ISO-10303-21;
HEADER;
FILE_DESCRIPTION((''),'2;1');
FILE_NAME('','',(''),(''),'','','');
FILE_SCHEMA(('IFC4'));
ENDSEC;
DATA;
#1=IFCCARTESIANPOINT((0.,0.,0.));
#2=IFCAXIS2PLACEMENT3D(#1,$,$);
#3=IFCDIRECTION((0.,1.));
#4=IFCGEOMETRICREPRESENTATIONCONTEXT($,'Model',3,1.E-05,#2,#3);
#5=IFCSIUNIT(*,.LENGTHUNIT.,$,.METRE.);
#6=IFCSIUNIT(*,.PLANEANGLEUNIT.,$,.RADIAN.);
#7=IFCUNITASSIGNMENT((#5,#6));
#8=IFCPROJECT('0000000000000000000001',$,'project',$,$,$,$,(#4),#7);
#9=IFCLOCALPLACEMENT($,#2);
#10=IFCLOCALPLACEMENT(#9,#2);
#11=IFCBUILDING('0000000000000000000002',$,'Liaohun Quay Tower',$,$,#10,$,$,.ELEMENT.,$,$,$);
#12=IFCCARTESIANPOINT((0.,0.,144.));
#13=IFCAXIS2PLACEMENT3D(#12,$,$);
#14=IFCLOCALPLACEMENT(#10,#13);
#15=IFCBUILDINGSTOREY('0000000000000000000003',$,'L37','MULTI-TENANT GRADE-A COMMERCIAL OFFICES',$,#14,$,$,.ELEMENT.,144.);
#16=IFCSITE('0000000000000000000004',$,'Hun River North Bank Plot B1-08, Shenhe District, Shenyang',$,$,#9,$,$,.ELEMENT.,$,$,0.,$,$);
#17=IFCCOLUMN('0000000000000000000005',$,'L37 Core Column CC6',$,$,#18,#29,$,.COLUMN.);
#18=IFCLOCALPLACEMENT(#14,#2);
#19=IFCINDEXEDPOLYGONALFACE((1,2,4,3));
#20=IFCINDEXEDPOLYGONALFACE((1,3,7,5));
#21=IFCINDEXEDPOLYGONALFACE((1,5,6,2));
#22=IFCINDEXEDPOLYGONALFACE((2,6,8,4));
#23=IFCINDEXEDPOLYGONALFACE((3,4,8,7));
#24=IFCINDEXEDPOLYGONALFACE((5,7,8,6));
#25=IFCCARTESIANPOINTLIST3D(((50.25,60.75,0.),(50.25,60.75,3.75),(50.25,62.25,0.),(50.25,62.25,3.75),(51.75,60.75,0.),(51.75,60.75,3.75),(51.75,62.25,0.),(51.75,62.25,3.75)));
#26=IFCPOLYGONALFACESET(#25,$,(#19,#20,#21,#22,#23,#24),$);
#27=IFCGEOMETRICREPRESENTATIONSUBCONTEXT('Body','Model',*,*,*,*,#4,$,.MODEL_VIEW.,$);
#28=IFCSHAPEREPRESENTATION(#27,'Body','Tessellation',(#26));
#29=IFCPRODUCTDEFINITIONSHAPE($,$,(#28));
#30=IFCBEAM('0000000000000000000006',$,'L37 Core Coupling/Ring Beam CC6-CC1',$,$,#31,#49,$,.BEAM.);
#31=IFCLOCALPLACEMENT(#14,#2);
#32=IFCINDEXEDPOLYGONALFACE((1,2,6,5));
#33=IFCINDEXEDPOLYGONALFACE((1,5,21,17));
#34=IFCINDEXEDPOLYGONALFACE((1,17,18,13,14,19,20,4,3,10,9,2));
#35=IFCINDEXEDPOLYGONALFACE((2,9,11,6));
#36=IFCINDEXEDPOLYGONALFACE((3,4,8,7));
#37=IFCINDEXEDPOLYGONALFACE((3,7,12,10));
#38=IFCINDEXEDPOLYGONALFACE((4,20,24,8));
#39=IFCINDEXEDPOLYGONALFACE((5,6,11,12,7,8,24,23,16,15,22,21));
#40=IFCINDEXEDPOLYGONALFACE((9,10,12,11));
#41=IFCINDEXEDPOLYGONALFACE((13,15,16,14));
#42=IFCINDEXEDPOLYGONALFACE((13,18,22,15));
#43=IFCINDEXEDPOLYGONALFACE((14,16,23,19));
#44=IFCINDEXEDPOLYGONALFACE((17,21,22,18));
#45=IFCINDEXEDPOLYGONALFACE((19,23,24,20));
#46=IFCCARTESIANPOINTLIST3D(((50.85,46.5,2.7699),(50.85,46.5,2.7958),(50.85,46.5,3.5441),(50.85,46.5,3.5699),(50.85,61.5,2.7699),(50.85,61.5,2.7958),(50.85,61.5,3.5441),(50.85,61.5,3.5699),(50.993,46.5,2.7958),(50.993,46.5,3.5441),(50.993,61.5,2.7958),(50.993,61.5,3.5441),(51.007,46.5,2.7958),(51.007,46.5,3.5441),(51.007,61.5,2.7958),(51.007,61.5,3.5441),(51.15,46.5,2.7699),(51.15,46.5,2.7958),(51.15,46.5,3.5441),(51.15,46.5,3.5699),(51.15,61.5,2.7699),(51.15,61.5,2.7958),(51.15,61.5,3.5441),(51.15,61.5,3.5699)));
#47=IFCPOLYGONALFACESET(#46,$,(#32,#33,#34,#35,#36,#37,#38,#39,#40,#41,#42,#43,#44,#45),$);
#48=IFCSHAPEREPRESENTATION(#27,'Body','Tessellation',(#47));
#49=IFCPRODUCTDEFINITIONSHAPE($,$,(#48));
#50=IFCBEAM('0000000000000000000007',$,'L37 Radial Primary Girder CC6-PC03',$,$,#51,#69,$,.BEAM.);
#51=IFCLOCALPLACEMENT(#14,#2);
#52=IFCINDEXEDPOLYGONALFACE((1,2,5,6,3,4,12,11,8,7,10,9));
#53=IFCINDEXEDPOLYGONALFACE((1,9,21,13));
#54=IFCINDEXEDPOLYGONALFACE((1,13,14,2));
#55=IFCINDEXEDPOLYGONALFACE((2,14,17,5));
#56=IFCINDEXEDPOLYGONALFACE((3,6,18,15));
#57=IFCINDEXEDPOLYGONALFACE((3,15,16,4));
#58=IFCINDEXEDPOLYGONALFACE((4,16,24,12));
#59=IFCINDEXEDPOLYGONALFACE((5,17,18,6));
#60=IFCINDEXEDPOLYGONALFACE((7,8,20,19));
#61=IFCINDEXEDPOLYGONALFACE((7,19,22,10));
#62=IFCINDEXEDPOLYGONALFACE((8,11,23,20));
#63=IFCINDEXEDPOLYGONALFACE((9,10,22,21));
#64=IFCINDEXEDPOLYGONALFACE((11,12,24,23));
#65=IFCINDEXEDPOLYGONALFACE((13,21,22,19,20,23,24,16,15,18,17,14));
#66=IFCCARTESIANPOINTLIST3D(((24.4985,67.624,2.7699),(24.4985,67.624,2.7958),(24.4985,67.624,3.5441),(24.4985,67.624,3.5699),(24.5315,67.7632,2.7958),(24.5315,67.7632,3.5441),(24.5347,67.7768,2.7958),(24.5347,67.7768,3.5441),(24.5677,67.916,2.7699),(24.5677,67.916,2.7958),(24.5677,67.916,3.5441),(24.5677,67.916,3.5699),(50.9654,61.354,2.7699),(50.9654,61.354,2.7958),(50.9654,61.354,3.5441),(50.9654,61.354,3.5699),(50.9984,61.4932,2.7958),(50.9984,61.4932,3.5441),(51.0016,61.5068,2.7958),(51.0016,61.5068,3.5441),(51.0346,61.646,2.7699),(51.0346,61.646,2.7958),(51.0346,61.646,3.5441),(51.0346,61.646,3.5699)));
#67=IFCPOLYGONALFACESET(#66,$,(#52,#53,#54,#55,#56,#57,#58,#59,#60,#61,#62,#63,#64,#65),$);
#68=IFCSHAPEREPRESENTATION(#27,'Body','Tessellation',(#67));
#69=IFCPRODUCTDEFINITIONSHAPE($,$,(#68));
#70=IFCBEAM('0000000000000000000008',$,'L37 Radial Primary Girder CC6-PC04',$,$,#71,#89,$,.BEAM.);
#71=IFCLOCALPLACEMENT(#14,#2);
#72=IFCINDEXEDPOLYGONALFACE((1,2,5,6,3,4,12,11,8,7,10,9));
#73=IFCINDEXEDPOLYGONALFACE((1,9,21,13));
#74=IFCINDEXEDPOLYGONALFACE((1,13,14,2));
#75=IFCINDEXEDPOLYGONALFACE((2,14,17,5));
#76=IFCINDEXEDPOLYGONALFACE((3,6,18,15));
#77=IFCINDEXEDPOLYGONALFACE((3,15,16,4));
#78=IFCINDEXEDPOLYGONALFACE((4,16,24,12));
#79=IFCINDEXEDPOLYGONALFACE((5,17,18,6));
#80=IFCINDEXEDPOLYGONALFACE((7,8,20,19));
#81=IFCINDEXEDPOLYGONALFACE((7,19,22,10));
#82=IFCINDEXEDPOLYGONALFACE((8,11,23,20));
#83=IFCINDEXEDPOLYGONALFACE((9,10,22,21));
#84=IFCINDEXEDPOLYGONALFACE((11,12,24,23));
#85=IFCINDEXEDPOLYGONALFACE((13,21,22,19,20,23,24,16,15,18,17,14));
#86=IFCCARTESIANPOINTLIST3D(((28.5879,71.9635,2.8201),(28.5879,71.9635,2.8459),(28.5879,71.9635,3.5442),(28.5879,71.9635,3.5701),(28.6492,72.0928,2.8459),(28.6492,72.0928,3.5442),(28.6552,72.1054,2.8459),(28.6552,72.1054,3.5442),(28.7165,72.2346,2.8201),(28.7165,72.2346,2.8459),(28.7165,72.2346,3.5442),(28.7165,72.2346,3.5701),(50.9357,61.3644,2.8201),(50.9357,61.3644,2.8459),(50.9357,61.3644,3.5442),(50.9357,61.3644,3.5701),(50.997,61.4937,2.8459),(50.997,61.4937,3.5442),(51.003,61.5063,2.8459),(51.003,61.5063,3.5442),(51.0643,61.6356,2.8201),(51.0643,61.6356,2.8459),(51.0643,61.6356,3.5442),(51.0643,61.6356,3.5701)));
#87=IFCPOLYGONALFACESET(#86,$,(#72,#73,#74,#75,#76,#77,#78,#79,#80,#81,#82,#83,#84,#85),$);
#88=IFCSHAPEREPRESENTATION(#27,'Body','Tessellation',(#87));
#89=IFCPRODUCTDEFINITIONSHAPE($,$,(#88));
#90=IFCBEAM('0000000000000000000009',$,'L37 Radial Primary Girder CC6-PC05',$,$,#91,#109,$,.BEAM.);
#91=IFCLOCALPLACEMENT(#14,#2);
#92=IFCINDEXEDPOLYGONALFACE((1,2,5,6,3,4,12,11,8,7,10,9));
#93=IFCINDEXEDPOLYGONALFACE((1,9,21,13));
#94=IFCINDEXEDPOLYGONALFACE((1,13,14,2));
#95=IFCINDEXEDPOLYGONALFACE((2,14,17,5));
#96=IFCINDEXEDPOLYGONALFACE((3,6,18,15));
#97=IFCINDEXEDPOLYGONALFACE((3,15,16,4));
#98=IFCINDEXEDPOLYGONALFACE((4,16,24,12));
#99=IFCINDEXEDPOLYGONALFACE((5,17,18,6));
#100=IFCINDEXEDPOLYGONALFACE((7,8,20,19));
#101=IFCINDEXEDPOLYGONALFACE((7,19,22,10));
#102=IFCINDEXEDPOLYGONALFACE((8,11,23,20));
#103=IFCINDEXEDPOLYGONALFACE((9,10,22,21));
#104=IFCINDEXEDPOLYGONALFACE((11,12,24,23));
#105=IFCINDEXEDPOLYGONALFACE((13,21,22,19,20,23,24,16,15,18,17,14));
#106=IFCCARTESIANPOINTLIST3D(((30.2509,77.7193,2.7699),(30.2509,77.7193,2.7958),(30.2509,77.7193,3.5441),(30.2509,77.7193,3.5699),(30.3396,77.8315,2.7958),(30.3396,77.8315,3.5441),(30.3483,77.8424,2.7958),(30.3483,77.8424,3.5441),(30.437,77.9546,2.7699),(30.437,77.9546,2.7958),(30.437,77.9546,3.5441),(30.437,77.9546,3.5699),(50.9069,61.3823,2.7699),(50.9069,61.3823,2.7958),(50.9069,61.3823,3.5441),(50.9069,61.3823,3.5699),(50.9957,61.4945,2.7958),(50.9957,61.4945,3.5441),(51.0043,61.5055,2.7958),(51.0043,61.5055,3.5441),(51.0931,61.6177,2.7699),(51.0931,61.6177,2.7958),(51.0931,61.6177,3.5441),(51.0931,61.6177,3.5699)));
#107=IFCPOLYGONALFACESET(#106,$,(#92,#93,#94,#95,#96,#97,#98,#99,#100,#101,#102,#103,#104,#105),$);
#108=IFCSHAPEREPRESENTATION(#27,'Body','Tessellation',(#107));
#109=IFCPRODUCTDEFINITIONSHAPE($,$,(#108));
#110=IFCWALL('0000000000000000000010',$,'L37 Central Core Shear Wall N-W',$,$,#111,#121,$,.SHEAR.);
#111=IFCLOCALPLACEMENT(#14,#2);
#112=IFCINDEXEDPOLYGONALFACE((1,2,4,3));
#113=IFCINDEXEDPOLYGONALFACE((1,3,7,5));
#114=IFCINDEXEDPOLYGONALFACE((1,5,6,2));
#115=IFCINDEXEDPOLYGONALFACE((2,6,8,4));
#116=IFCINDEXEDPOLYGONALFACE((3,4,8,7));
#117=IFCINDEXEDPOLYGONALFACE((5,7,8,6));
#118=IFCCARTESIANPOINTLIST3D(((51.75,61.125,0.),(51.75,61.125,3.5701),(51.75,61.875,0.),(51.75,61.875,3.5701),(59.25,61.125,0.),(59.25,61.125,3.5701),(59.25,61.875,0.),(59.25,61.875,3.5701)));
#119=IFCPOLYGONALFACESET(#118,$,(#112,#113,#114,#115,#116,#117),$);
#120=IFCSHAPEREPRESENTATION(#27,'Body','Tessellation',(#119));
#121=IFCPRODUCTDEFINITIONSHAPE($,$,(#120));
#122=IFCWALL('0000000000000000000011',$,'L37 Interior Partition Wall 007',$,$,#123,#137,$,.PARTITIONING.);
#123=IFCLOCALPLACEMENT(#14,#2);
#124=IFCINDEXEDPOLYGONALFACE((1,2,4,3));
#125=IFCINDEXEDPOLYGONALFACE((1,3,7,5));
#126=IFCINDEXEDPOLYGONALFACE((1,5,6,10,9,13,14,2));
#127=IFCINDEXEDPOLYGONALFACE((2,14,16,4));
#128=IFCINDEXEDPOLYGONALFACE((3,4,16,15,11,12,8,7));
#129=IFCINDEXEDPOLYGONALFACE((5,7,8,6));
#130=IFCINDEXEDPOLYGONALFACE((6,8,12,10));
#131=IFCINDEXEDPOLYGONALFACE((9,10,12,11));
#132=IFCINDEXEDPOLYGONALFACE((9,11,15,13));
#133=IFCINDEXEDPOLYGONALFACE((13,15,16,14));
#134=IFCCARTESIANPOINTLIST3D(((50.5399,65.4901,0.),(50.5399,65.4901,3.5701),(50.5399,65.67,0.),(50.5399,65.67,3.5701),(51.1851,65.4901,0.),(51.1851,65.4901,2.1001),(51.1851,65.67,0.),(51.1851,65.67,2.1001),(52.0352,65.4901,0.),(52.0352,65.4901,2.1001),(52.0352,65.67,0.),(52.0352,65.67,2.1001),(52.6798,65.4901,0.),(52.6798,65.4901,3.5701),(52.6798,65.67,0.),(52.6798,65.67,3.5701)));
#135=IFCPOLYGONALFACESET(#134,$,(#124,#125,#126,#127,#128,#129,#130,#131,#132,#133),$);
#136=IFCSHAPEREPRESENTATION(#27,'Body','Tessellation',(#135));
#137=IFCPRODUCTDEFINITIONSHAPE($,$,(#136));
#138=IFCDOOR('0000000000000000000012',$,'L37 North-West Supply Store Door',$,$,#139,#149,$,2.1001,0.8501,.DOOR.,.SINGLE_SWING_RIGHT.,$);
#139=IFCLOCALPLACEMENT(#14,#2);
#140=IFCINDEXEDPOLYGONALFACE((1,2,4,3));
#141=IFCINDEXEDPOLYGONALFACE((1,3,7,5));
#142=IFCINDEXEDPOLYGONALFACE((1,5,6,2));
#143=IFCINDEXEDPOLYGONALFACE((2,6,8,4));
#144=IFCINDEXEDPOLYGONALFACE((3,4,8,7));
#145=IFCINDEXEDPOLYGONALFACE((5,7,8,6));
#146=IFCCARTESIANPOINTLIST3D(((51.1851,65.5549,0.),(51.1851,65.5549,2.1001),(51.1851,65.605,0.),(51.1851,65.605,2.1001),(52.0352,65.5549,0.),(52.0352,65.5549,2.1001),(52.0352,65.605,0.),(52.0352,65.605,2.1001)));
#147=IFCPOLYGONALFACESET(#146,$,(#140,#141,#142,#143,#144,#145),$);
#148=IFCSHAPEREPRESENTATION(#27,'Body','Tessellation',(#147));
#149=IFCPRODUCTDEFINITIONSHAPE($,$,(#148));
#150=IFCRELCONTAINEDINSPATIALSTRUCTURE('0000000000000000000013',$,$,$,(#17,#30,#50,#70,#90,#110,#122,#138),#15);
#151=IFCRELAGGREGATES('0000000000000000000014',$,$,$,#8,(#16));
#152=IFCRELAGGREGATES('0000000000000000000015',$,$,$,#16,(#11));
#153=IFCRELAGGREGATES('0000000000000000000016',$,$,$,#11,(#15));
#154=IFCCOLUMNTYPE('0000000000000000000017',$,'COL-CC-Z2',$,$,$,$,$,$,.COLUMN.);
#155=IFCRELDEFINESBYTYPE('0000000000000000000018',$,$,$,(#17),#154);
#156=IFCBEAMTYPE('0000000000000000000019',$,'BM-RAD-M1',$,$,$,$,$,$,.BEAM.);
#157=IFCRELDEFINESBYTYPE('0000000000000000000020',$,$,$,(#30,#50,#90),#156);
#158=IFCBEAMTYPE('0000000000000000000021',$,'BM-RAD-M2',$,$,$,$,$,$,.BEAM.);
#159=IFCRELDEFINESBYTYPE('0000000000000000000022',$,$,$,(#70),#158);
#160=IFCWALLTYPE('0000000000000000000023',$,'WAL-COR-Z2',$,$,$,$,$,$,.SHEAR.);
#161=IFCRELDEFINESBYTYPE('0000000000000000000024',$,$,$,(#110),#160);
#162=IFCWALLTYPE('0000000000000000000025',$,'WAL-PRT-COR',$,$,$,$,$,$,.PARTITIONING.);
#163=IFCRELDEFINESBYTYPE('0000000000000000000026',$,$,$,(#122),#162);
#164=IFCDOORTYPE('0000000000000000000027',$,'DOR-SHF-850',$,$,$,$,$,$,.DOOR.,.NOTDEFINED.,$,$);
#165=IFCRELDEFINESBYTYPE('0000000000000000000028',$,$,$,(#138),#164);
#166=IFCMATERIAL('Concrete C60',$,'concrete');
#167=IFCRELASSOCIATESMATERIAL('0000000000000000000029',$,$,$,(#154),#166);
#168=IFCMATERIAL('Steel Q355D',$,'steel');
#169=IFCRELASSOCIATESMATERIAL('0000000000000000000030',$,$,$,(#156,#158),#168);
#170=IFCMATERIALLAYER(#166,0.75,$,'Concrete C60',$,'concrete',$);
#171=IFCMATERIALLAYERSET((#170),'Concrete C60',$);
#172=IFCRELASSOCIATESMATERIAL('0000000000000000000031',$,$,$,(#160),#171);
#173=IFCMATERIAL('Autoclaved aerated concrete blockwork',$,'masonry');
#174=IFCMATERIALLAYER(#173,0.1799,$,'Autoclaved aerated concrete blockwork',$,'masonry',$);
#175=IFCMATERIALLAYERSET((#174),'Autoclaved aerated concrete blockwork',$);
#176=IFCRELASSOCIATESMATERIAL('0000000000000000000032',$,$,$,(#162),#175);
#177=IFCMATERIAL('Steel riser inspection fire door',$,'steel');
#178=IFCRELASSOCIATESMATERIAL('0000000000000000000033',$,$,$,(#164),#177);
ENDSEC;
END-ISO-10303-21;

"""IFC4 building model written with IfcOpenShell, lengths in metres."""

from ifc_helpers import new_model, si_unit, direction, frame, frame_2d, origin, origin_2d, place, context, subcontext, project, spatial, rectangle, i_section, extrude, source, transform, mapped, material, layer, layer_set, material_profile, profile_set, type_object, element, fill, save


model = new_model("IFC4")

# Units and contexts
model_context = context("Model", 3, precision=1e-05, world=origin(), true_north=direction((0.0, 1.0)))
body_context = subcontext(model_context, "Body", "Model", "MODEL_VIEW")
ifc_project = project(units=[si_unit("LENGTHUNIT", "METRE"), si_unit("PLANEANGLEUNIT", "RADIAN")], contexts=[model_context])

# Site, building, storey
site_placement = place(None, origin())
site = spatial("IfcSite", under=ifc_project, at=site_placement, Name="Hun River North Bank Plot B1-08, Shenhe District, Shenyang", CompositionType="ELEMENT", RefElevation=0.0)
building_placement = place(site_placement, origin())
building = spatial("IfcBuilding", under=site, at=building_placement, Name="Liaohun Quay Tower", CompositionType="ELEMENT")
storey_placement = place(building_placement, frame((0.0, 0.0, 144.0)))
storey = spatial("IfcBuildingStorey", under=building, at=storey_placement, Name="L37", Description="MULTI-TENANT GRADE-A COMMERCIAL OFFICES", CompositionType="ELEMENT", Elevation=144.0)

# Column
ifc_material_1 = material(Name="Concrete C60", Category="concrete")
ifc_material_profile_1 = material_profile(ifc_material_1, rectangle(XDim=1.5, YDim=1.5, at=origin_2d()), Name="RC1500x1500")
ifc_profile_set_1 = profile_set([ifc_material_profile_1], Name="Concrete C60")
column_type = type_object("IfcColumnType", Name="COL-CC-Z2", PredefinedType="COLUMN", material=ifc_profile_set_1)
shared_shape_1 = source(origin(), body_context, "Body", "SweptSolid", [
    extrude(rectangle(XDim=1.5, YDim=1.5, at=origin_2d()), origin(), (0.0, 0.0, 1.0), 3.75),
])
column_placement = place(storey_placement, frame((51.0, 61.5, 0.0), z_axis=(0.0, 0.0, 1.0), x_axis=(1.0, 0.0, 0.0)))
element("IfcColumn", 1, at=column_placement, inside=storey, type_object=column_type, Name="L37 Core Column CC6", PredefinedType="COLUMN", context=body_context, shape_type="MappedRepresentation", body=[
    mapped(shared_shape_1, transform((0.0, 0.0, 0.0), x_axis=(1.0, 0.0, 0.0), y_axis=(0.0, 1.0, 0.0), z_axis=(0.0, 0.0, 1.0), scale=1.0)),
])

# Beams
ifc_material_2 = material(Name="Steel Q355D", Category="steel")
ifc_material_profile_2 = material_profile(ifc_material_2, i_section(OverallWidth=0.3, OverallDepth=0.8, WebThickness=0.0139, FlangeThickness=0.0259, at=origin_2d()), Name="HN800x300x14x26")
ifc_profile_set_2 = profile_set([ifc_material_profile_2], Name="Steel Q355D")
beam_type_1 = type_object("IfcBeamType", Name="BM-RAD-M1", PredefinedType="BEAM", material=ifc_profile_set_2)
shared_shape_2 = source(origin(), body_context, "Body", "SweptSolid", [
    extrude(i_section(OverallWidth=0.3, OverallDepth=0.8, WebThickness=0.0139, FlangeThickness=0.0259, at=origin_2d()), origin(), (0.0, 0.0, 1.0), 15.0),
])
beam_1_placement = place(storey_placement, frame((51.0, 61.5, 3.1699), z_axis=(0.0, -1.0, 0.0), x_axis=(1.0, 0.0, 0.0)))
element("IfcBeam", 2, at=beam_1_placement, inside=storey, type_object=beam_type_1, Name="L37 Core Coupling/Ring Beam CC6-CC1", PredefinedType="BEAM", context=body_context, shape_type="MappedRepresentation", body=[
    mapped(shared_shape_2, transform((0.0, 0.0, 0.0), x_axis=(1.0, 0.0, 0.0), y_axis=(0.0, 1.0, 0.0), z_axis=(0.0, 0.0, 1.0), scale=1.0)),
])
shared_shape_3 = source(origin(), body_context, "Body", "SweptSolid", [
    extrude(i_section(OverallWidth=0.3, OverallDepth=0.8, WebThickness=0.0139, FlangeThickness=0.0259, at=origin_2d()), origin(), (0.0, 0.0, 1.0), 27.1995),
])
beam_2_placement = place(storey_placement, frame((51.0, 61.5, 3.1699), z_axis=(-0.973068, 0.230519, 0.0), x_axis=(-0.230519, -0.973068, 0.0)))
element("IfcBeam", 3, at=beam_2_placement, inside=storey, type_object=beam_type_1, Name="L37 Radial Primary Girder CC6-PC03", PredefinedType="BEAM", context=body_context, shape_type="MappedRepresentation", body=[
    mapped(shared_shape_3, transform((0.0, 0.0, 0.0), x_axis=(1.0, 0.0, 0.0), y_axis=(0.0, 1.0, 0.0), z_axis=(0.0, 0.0, 1.0), scale=1.0)),
])
ifc_material_profile_3 = material_profile(ifc_material_2, i_section(OverallWidth=0.3, OverallDepth=0.75, WebThickness=0.0139, FlangeThickness=0.0259, at=origin_2d()), Name="HN750x300x14x26")
ifc_profile_set_3 = profile_set([ifc_material_profile_3], Name="Steel Q355D")
beam_type_2 = type_object("IfcBeamType", Name="BM-RAD-M2", PredefinedType="BEAM", material=ifc_profile_set_3)
shared_shape_4 = source(origin(), body_context, "Body", "SweptSolid", [
    extrude(i_section(OverallWidth=0.3, OverallDepth=0.75, WebThickness=0.0139, FlangeThickness=0.0259, at=origin_2d()), origin(), (0.0, 0.0, 1.0), 24.7339),
])
beam_3_placement = place(storey_placement, frame((51.0, 61.5, 3.1951), z_axis=(-0.90353, 0.428525, 0.0), x_axis=(-0.428525, -0.90353, 0.0)))
element("IfcBeam", 4, at=beam_3_placement, inside=storey, type_object=beam_type_2, Name="L37 Radial Primary Girder CC6-PC04", PredefinedType="BEAM", context=body_context, shape_type="MappedRepresentation", body=[
    mapped(shared_shape_4, transform((0.0, 0.0, 0.0), x_axis=(1.0, 0.0, 0.0), y_axis=(0.0, 1.0, 0.0), z_axis=(0.0, 0.0, 1.0), scale=1.0)),
])
shared_shape_5 = source(origin(), body_context, "Body", "SweptSolid", [
    extrude(i_section(OverallWidth=0.3, OverallDepth=0.8, WebThickness=0.0139, FlangeThickness=0.0259, at=origin_2d()), origin(), (0.0, 0.0, 1.0), 26.3357),
])
beam_4_placement = place(storey_placement, frame((51.0, 61.5, 3.1699), z_axis=(-0.784337, 0.620335, 0.0), x_axis=(-0.620335, -0.784337, 0.0)))
element("IfcBeam", 5, at=beam_4_placement, inside=storey, type_object=beam_type_1, Name="L37 Radial Primary Girder CC6-PC05", PredefinedType="BEAM", context=body_context, shape_type="MappedRepresentation", body=[
    mapped(shared_shape_5, transform((0.0, 0.0, 0.0), x_axis=(1.0, 0.0, 0.0), y_axis=(0.0, 1.0, 0.0), z_axis=(0.0, 0.0, 1.0), scale=1.0)),
])

# Wall
ifc_layer_1 = layer(ifc_material_1, 0.75, Name="Concrete C60", Category="concrete")
ifc_layer_set_1 = layer_set([ifc_layer_1], Name="Concrete C60")
wall_type_1 = type_object("IfcWallType", Name="WAL-COR-Z2", PredefinedType="SHEAR", material=ifc_layer_set_1)
wall_1_placement = place(storey_placement, frame((51.75, 61.5, 0.0), z_axis=(0.0, 0.0, 1.0), x_axis=(1.0, 0.0, 0.0)))
element("IfcWall", 6, at=wall_1_placement, inside=storey, type_object=wall_type_1, Name="L37 Central Core Shear Wall N-W", PredefinedType="SHEAR", context=body_context, shape_type="SweptSolid", body=[
    extrude(rectangle(XDim=7.5, YDim=0.75, at=frame_2d((3.75, 0.0))), origin(), (0.0, 0.0, 1.0), 3.5701),
])

# Wall, opening, door
ifc_material_3 = material(Name="Autoclaved aerated concrete blockwork", Category="masonry")
ifc_layer_2 = layer(ifc_material_3, 0.1799, Name="Autoclaved aerated concrete blockwork", Category="masonry")
ifc_layer_set_2 = layer_set([ifc_layer_2], Name="Autoclaved aerated concrete blockwork")
wall_type_2 = type_object("IfcWallType", Name="WAL-PRT-COR", PredefinedType="PARTITIONING", material=ifc_layer_set_2)
wall_2_placement = place(storey_placement, frame((50.54, 65.5801, 0.0), z_axis=(0.0, 0.0, 1.0), x_axis=(1.0, 0.0, 0.0)))
wall_2 = element("IfcWall", 7, at=wall_2_placement, inside=storey, type_object=wall_type_2, Name="L37 Interior Partition Wall 007", PredefinedType="PARTITIONING", context=body_context, shape_type="SweptSolid", body=[
    extrude(rectangle(XDim=2.1399, YDim=0.1799, at=frame_2d((1.0698, 0.0))), origin(), (0.0, 0.0, 1.0), 3.5701),
])
shared_shape_6 = source(origin(), body_context, "Body", "SweptSolid", [
    extrude(rectangle(XDim=0.8501, YDim=2.1001, at=frame_2d((0.425, 1.05))), frame((0.0, 0.0999, 0.0), z_axis=(0.0, -1.0, 0.0), x_axis=(1.0, 0.0, 0.0)), (0.0, 0.0, 1.0), 0.2),
])
opening_1_placement = place(wall_2_placement, frame((0.645, 0.0, 0.0)))
opening_1 = element("IfcOpeningElement", 8, at=opening_1_placement, cuts=wall_2, PredefinedType="OPENING", context=body_context, shape_type="MappedRepresentation", body=[
    mapped(shared_shape_6, transform((0.0, 0.0, 0.0), x_axis=(1.0, 0.0, 0.0), y_axis=(0.0, 1.0, 0.0), z_axis=(0.0, 0.0, 1.0), scale=1.0)),
])
ifc_material_4 = material(Name="Steel riser inspection fire door", Category="steel")
door_type_1 = type_object("IfcDoorType", Name="DOR-SHF-850", OperationType="NOTDEFINED", PredefinedType="DOOR", material=ifc_material_4)
shared_shape_7 = source(origin(), body_context, "Body", "SweptSolid", [
    extrude(rectangle(XDim=0.8501, YDim=2.1001, at=frame_2d((0.425, 1.05))), frame((0.0, 0.0249, 0.0), z_axis=(0.0, -1.0, 0.0), x_axis=(1.0, 0.0, 0.0)), (0.0, 0.0, 1.0), 0.05),
])
door_1_placement = place(opening_1_placement, origin())
door_1 = element("IfcDoor", 9, at=door_1_placement, inside=storey, type_object=door_type_1, Name="L37 North-West Supply Store Door", OperationType="SINGLE_SWING_RIGHT", OverallHeight=2.1001, OverallWidth=0.8501, PredefinedType="DOOR", context=body_context, shape_type="MappedRepresentation", body=[
    mapped(shared_shape_7, transform((0.0, 0.0, 0.0), x_axis=(1.0, 0.0, 0.0), y_axis=(0.0, 1.0, 0.0), z_axis=(0.0, 0.0, 1.0), scale=1.0)),
])
fill(opening_1, door_1)

save(model, "model.ifc")
